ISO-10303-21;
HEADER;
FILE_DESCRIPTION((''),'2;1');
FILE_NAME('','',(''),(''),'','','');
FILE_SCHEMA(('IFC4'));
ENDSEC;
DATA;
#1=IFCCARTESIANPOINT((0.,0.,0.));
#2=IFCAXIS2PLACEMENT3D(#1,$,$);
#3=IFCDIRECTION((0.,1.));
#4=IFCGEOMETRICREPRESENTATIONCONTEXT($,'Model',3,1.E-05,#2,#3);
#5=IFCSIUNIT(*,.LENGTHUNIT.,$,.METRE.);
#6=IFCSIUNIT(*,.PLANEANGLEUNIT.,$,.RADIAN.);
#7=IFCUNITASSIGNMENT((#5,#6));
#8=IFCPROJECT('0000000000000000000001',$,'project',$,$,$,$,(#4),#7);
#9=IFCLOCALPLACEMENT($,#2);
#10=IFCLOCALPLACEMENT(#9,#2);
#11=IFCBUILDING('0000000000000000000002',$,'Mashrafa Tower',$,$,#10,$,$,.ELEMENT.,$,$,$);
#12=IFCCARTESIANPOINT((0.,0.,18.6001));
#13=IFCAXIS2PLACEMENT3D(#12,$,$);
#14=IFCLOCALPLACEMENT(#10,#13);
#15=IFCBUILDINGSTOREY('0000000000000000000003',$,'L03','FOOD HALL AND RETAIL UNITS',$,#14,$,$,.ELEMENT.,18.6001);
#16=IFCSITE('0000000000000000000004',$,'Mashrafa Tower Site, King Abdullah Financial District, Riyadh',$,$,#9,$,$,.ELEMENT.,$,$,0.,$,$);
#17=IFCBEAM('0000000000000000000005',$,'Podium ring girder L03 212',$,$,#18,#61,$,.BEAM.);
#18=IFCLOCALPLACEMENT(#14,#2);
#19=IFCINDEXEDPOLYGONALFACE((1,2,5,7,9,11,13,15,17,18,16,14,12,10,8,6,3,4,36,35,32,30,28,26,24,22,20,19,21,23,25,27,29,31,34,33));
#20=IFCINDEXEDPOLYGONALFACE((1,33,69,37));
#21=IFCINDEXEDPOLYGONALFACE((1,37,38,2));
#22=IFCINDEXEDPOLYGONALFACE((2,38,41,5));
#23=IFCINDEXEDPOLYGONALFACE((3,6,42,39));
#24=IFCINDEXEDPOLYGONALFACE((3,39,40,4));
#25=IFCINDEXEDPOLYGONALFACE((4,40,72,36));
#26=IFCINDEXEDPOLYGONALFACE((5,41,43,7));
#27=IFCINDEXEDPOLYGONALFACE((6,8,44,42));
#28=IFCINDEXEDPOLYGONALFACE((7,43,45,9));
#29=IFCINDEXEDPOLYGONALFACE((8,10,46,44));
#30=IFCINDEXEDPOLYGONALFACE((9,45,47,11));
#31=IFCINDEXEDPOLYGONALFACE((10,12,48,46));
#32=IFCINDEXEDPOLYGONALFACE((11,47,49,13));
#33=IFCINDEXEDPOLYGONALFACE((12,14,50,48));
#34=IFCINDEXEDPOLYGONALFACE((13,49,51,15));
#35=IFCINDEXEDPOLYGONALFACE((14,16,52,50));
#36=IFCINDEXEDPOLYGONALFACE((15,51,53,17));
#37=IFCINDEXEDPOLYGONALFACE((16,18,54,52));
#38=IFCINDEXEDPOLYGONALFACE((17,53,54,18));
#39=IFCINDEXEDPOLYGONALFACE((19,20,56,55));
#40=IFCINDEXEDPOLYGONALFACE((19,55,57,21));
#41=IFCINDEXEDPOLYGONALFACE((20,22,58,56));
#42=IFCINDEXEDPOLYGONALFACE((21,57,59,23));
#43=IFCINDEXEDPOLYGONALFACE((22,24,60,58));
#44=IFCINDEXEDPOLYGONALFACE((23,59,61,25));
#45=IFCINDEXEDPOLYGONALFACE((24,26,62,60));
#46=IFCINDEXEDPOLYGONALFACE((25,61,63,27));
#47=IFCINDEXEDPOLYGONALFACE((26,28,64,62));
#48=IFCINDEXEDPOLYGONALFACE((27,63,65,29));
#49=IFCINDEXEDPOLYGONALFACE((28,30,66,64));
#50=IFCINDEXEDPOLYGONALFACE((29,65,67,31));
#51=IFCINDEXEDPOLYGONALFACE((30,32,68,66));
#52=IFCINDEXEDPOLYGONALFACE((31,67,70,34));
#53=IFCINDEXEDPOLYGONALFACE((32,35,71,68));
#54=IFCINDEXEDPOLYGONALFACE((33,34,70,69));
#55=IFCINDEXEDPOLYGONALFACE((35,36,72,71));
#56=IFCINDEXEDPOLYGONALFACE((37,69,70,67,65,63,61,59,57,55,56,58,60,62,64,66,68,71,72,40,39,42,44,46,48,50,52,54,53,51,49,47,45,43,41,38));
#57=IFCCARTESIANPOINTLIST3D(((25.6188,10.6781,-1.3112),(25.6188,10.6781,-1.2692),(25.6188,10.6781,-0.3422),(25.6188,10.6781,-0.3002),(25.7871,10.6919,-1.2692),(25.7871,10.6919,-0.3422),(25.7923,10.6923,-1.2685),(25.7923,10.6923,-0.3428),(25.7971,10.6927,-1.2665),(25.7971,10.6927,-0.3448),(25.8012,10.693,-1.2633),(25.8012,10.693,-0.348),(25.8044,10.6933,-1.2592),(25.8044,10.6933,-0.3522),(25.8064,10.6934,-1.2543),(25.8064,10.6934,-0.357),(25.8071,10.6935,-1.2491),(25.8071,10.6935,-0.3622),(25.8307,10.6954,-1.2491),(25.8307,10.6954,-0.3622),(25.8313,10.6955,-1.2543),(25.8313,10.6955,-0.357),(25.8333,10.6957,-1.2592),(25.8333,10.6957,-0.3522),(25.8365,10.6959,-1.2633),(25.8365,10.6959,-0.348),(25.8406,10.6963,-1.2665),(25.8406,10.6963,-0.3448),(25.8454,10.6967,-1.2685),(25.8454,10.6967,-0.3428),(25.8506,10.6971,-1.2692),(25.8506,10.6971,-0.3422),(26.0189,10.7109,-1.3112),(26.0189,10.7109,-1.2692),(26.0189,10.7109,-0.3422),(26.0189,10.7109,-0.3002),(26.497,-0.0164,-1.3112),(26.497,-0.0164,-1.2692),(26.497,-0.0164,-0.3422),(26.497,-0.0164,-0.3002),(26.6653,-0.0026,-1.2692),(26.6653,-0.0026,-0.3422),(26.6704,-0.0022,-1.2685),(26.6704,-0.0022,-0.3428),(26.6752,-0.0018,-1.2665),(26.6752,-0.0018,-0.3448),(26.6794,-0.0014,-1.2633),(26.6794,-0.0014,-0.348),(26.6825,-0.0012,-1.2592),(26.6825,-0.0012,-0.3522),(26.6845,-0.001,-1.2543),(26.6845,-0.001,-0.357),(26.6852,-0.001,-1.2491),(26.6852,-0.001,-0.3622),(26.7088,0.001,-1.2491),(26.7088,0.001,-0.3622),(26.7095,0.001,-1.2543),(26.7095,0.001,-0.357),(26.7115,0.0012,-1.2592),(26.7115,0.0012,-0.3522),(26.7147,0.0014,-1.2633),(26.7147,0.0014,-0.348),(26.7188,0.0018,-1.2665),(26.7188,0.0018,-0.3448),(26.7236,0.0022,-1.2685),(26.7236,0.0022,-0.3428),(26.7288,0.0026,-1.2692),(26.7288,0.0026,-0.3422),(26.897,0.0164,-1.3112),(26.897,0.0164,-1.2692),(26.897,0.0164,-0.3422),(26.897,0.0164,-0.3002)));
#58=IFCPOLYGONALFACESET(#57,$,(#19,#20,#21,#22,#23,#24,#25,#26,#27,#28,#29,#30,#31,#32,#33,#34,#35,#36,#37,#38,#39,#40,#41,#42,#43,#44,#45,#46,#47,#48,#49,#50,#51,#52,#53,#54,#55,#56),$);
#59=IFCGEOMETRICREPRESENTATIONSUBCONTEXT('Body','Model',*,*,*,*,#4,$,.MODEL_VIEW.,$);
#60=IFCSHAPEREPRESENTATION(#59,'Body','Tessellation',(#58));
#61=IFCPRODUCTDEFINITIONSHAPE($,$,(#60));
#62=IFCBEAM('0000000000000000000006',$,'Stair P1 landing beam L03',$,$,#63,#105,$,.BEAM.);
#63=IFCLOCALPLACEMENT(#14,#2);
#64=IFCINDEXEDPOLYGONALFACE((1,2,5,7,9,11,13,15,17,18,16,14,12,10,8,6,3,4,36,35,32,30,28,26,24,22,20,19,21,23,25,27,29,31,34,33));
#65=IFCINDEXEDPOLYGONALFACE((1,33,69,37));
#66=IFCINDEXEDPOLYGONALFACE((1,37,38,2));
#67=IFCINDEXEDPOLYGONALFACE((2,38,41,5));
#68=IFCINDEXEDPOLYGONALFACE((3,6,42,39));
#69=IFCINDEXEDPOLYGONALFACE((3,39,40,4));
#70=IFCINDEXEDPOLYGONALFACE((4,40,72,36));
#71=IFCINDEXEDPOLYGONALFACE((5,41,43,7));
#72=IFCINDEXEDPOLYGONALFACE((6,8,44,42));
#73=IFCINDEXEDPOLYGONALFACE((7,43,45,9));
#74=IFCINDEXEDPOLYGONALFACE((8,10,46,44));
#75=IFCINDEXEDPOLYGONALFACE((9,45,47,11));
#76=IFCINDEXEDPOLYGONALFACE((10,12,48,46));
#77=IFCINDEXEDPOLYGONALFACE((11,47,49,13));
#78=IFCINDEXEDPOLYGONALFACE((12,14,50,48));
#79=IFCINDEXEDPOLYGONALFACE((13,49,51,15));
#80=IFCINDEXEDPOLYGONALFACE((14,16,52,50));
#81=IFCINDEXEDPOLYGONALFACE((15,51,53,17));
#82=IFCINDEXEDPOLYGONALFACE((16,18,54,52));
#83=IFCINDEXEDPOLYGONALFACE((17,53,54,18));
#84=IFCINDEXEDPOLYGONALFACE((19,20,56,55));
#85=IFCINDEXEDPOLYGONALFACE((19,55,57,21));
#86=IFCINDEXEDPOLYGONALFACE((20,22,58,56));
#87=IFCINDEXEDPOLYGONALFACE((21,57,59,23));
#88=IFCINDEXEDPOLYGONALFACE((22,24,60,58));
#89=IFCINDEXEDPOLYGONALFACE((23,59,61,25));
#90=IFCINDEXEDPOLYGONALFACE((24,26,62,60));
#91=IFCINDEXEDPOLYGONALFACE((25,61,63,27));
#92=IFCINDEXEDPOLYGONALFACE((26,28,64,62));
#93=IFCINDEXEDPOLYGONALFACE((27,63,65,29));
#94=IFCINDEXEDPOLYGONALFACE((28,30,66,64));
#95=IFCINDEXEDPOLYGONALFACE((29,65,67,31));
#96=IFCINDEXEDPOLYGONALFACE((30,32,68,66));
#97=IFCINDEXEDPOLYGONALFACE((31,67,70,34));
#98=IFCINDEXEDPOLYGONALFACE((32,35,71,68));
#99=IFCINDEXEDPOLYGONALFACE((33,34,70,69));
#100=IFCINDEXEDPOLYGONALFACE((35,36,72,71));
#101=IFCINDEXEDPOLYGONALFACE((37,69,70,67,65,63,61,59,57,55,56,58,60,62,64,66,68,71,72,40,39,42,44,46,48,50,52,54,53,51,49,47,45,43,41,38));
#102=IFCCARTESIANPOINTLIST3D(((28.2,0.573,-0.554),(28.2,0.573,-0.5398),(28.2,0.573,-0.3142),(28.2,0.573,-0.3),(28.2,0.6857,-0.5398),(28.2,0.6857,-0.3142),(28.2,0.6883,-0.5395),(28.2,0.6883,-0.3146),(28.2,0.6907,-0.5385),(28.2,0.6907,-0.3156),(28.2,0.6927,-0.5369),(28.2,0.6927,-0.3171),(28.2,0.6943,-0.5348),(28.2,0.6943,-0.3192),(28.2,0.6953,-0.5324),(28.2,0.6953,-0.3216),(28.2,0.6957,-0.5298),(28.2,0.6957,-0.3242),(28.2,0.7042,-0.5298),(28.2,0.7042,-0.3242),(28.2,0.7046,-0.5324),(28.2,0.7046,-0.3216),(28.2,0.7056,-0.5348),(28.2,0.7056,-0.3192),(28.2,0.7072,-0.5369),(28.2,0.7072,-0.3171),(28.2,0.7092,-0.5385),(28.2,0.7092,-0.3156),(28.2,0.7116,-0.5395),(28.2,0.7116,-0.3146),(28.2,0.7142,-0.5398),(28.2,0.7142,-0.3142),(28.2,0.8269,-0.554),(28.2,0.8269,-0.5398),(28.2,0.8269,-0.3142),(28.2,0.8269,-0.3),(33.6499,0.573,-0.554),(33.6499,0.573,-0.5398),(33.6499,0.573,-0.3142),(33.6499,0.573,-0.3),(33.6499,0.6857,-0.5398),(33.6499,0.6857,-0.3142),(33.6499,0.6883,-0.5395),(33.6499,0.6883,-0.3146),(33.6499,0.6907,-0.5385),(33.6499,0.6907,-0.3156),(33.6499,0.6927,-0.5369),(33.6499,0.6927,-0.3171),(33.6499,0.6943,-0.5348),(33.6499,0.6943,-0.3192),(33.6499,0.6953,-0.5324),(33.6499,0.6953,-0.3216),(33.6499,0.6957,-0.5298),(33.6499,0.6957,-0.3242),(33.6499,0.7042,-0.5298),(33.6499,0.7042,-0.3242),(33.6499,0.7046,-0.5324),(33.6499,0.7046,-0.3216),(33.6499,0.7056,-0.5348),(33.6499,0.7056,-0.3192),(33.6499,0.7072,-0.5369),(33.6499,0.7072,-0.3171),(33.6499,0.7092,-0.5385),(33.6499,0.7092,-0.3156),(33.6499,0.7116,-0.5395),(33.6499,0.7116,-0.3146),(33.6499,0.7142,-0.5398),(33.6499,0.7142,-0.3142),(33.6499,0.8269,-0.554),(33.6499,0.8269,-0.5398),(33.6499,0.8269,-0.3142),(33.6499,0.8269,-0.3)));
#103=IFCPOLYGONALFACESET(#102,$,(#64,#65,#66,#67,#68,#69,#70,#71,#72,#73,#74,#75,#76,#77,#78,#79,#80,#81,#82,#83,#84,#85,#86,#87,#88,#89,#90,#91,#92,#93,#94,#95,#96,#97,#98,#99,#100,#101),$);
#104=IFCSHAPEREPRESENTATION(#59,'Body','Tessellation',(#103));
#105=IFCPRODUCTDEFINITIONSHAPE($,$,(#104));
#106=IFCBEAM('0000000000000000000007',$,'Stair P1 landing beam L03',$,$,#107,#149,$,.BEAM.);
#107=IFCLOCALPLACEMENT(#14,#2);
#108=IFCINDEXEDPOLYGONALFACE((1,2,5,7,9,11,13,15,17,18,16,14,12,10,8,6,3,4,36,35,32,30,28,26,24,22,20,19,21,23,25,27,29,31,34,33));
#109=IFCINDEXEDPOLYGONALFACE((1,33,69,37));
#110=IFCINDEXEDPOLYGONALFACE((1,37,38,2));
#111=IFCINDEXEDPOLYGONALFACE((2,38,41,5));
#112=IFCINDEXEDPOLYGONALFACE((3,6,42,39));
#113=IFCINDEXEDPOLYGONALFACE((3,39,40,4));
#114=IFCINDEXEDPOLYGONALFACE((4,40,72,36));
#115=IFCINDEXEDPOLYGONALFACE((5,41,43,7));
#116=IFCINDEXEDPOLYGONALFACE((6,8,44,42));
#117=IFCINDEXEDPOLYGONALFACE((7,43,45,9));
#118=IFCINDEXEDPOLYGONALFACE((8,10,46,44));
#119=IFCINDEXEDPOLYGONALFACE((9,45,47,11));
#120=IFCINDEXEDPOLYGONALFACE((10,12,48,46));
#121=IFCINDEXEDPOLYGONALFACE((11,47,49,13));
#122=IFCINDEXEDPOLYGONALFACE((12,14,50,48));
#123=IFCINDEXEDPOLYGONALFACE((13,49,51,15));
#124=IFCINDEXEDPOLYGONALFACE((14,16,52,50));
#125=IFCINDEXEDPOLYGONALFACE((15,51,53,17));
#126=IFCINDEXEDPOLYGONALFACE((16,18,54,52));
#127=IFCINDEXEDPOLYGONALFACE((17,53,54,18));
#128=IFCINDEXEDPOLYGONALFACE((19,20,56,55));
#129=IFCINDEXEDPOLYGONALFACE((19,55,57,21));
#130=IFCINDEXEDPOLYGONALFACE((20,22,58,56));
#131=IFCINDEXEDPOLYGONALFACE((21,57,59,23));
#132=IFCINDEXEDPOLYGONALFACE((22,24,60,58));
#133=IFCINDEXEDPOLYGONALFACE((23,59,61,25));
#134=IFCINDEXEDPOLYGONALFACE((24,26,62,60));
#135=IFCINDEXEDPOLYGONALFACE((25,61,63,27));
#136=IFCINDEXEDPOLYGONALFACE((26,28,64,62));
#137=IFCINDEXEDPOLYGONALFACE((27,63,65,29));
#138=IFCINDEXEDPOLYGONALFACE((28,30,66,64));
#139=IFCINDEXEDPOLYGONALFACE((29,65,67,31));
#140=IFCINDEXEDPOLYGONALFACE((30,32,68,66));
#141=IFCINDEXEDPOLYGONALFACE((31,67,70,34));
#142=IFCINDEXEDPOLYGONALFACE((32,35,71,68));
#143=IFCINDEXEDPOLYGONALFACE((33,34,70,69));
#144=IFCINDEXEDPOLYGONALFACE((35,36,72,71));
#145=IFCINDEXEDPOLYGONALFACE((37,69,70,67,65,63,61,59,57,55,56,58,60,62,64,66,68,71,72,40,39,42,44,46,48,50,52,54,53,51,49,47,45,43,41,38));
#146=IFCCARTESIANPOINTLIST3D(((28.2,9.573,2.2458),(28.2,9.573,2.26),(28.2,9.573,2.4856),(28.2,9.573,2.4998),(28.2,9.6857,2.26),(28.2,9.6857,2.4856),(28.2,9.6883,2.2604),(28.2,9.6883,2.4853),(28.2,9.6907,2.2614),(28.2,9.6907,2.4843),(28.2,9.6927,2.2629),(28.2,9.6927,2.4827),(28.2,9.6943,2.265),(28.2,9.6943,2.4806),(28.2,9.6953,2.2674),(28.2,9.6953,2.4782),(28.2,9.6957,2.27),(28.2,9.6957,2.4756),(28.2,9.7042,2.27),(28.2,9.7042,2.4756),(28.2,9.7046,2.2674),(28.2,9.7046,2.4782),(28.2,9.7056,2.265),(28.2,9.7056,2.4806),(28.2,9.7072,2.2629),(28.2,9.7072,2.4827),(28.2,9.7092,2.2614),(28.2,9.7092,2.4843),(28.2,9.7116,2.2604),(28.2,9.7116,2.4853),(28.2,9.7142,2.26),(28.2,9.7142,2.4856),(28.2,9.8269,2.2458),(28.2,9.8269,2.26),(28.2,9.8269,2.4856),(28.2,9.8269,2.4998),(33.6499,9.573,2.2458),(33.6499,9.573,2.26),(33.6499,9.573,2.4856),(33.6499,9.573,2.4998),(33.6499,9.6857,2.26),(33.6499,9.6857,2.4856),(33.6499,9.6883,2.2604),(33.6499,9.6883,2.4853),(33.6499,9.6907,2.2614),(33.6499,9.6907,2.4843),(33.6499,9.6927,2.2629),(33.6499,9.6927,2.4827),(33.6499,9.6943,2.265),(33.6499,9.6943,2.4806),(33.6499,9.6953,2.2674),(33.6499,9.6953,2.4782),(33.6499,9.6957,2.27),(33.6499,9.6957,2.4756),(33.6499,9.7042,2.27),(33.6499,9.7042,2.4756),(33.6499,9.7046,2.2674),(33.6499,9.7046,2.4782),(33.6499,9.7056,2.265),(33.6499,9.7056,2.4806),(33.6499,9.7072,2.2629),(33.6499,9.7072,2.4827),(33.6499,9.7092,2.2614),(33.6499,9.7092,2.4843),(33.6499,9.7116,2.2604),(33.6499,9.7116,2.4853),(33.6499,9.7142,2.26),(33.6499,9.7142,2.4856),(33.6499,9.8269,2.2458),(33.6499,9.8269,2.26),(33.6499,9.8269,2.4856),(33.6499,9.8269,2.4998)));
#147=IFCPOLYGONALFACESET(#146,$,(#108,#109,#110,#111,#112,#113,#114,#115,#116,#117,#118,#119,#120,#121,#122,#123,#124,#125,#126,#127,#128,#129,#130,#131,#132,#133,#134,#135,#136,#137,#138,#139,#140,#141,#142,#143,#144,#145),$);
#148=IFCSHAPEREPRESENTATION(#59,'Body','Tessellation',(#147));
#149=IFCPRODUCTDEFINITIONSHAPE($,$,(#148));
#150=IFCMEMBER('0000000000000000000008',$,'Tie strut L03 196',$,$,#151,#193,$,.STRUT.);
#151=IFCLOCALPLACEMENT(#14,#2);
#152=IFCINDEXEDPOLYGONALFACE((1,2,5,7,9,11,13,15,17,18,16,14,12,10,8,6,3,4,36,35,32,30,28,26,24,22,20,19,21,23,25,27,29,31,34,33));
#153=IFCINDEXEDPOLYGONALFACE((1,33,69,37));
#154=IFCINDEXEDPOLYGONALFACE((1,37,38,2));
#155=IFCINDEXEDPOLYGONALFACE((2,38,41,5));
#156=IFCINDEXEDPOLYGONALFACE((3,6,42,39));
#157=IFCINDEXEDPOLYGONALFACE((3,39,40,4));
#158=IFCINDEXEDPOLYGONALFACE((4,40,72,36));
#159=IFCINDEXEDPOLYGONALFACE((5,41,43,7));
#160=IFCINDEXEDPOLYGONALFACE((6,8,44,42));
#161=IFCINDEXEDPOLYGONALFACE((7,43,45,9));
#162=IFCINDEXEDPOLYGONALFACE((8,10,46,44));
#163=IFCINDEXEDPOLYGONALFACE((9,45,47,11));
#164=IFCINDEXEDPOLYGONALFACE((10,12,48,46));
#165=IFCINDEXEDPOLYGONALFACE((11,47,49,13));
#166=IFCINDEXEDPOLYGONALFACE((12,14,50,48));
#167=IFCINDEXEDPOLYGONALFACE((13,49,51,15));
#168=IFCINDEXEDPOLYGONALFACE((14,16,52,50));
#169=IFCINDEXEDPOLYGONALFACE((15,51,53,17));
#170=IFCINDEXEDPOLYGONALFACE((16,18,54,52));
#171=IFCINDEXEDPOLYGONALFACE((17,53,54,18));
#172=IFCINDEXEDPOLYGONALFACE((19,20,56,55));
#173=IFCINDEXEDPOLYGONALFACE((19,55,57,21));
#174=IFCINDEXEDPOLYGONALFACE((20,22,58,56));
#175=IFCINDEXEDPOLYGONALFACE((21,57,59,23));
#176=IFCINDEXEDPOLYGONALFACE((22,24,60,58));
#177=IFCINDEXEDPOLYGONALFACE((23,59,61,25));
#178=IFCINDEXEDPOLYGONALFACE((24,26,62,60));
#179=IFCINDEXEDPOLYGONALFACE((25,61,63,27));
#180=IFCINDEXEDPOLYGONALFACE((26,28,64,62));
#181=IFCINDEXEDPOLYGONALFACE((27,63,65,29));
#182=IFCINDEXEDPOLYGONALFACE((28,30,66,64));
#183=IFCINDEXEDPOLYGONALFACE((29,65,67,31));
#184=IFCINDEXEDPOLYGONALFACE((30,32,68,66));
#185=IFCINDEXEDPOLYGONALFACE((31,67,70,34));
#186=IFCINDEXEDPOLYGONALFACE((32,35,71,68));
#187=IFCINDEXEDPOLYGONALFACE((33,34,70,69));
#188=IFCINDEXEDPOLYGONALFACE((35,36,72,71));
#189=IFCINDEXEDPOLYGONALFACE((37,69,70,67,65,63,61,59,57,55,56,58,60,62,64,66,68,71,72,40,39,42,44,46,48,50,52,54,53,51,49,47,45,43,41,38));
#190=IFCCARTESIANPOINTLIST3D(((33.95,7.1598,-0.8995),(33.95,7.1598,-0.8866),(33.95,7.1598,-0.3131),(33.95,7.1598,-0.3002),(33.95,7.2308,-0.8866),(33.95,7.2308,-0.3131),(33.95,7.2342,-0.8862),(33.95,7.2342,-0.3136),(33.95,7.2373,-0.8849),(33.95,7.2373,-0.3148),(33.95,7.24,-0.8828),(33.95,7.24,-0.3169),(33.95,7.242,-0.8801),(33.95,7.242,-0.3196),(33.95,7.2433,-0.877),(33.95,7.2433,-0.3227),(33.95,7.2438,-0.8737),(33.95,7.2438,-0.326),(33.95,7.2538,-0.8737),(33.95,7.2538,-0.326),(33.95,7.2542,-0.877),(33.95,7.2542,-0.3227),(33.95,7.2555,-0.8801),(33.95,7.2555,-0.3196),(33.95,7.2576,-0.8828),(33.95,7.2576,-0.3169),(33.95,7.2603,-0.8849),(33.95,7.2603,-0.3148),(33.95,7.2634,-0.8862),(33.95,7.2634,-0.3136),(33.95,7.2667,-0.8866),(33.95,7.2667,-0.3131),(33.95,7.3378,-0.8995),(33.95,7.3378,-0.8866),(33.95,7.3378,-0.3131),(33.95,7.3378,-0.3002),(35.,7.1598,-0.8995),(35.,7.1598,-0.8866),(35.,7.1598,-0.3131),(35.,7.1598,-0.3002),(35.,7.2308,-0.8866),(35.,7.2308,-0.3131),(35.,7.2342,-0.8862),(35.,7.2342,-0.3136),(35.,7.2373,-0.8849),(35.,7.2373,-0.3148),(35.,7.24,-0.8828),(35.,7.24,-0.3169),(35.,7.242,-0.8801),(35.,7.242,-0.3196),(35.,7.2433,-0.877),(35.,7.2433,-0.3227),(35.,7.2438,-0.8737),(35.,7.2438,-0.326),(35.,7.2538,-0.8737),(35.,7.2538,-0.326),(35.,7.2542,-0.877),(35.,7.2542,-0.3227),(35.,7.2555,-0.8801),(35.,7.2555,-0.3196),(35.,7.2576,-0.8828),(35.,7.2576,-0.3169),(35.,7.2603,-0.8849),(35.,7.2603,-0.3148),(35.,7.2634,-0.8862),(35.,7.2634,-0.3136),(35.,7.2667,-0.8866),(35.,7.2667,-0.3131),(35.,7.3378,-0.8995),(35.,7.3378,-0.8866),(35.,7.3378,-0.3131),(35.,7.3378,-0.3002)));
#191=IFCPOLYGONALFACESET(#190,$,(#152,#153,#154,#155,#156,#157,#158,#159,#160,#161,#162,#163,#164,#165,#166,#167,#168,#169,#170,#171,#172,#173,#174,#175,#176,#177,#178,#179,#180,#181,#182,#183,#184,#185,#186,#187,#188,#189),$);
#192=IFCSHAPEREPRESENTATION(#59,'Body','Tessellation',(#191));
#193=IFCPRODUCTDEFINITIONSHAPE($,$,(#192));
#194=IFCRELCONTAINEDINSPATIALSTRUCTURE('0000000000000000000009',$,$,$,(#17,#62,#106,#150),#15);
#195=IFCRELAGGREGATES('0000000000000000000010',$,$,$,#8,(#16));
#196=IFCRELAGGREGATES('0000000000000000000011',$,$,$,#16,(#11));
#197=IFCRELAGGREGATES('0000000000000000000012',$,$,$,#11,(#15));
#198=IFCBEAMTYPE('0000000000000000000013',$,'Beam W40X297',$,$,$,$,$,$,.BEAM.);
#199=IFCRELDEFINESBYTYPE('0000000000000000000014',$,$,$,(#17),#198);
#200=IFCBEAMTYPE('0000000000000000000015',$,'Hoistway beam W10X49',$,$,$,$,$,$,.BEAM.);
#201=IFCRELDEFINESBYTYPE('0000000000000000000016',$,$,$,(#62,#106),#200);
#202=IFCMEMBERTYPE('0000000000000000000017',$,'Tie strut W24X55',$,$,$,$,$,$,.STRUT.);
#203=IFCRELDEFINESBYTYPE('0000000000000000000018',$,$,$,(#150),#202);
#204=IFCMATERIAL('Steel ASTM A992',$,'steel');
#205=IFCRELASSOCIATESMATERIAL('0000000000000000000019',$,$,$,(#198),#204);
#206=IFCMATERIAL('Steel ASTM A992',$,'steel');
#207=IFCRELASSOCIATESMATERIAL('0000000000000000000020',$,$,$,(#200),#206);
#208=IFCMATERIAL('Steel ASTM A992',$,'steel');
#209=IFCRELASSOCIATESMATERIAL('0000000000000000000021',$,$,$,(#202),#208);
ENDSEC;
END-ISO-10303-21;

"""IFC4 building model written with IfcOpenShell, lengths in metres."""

from ifc_helpers import new_model, si_unit, direction, frame, origin, origin_2d, place, context, subcontext, project, spatial, i_section, extrude, source, transform, mapped, material, material_profile, profile_set, type_object, type_shapes, element, save


model = new_model("IFC4")

# Units and contexts
model_context = context("Model", 3, precision=1e-05, world=origin(), true_north=direction((0.0, 1.0)))
body_context = subcontext(model_context, "Body", "Model", "MODEL_VIEW")
ifc_project = project(units=[si_unit("LENGTHUNIT", "METRE"), si_unit("PLANEANGLEUNIT", "RADIAN")], contexts=[model_context])

# Site, building, storey
site_placement = place(None, origin())
site = spatial("IfcSite", under=ifc_project, at=site_placement, Name="Mashrafa Tower Site, King Abdullah Financial District, Riyadh", CompositionType="ELEMENT", RefElevation=0.0)
building_placement = place(site_placement, origin())
building = spatial("IfcBuilding", under=site, at=building_placement, Name="Mashrafa Tower", CompositionType="ELEMENT")
storey_placement = place(building_placement, frame((0.0, 0.0, 18.6001)))
storey = spatial("IfcBuildingStorey", under=building, at=storey_placement, Name="L03", Description="FOOD HALL AND RETAIL UNITS", CompositionType="ELEMENT", Elevation=18.6001)

# Beams
ifc_material_1 = material(Name="Steel ASTM A992", Category="steel")
ifc_material_profile_1 = material_profile(ifc_material_1, i_section(OverallWidth=0.4014, OverallDepth=1.011, WebThickness=0.0237, FlangeThickness=0.042, FilletRadius=0.02, at=origin_2d()), Name="W40X297")
ifc_profile_set_1 = profile_set([ifc_material_profile_1], Name="Steel ASTM A992")
beam_type_1 = type_object("IfcBeamType", Name="Beam W40X297", PredefinedType="BEAM", material=ifc_profile_set_1)
beam_1_placement = place(storey_placement, frame((26.697, 0.0, -0.8057), z_axis=(-0.081838, 0.996646, 0.0), x_axis=(-0.996646, -0.081838, 0.0)))
element("IfcBeam", 1, at=beam_1_placement, inside=storey, type_object=beam_type_1, Name="Podium ring girder L03 212", PredefinedType="BEAM", context=body_context, shape_type="SweptSolid", body=[
    extrude(i_section(OverallWidth=0.4014, OverallDepth=1.011, WebThickness=0.0237, FlangeThickness=0.042, FilletRadius=0.02, at=origin_2d()), origin(), (0.0, 0.0, 1.0), 10.7305),
])
ifc_material_2 = material(Name="Steel ASTM A992", Category="steel")
ifc_material_profile_2 = material_profile(ifc_material_2, i_section(OverallWidth=0.2539, OverallDepth=0.2539, WebThickness=0.0085, FlangeThickness=0.0142, FilletRadius=0.01, at=origin_2d()), Name="W10X49")
ifc_profile_set_2 = profile_set([ifc_material_profile_2], Name="Steel ASTM A992")
beam_type_2 = type_object("IfcBeamType", Name="Hoistway beam W10X49", PredefinedType="BEAM", material=ifc_profile_set_2)
for number, where, z_axis, x_axis, name in (
    (2, (28.2, 0.7, -0.427), (1.0, 0.0, 0.0), (0.0, 1.0, 0.0), "Stair P1 landing beam L03"),
    (3, (28.2, 9.7, 2.3728), (1.0, 0.0, 0.0), (0.0, 1.0, 0.0), "Stair P1 landing beam L03"),
):
    element("IfcBeam", number, at=place(storey_placement, frame(where, z_axis=z_axis, x_axis=x_axis)), inside=storey, type_object=beam_type_2, Name=name, PredefinedType="BEAM", context=body_context, shape_type="SweptSolid", body=[
        extrude(i_section(OverallWidth=0.2539, OverallDepth=0.2539, WebThickness=0.0085, FlangeThickness=0.0142, FilletRadius=0.01, at=origin_2d()), origin(), (0.0, 0.0, 1.0), 5.45),
    ])

# Member
ifc_material_3 = material(Name="Steel ASTM A992", Category="steel")
ifc_material_profile_3 = material_profile(ifc_material_3, i_section(OverallWidth=0.178, OverallDepth=0.5994, WebThickness=0.01, FlangeThickness=0.0129, FilletRadius=0.0129, at=origin_2d()), Name="W24X55")
ifc_profile_set_3 = profile_set([ifc_material_profile_3], Name="Steel ASTM A992")
member_type_1 = type_object("IfcMemberType", Name="Tie strut W24X55", PredefinedType="STRUT", material=ifc_profile_set_3)
shared_shape_1 = source(origin(), body_context, "Body", "SweptSolid", [
    extrude(i_section(OverallWidth=0.178, OverallDepth=0.5994, WebThickness=0.01, FlangeThickness=0.0129, FilletRadius=0.0129, at=origin_2d()), origin(), (0.0, 0.0, 1.0), 1.05),
])
type_shapes(member_type_1, [shared_shape_1])
member_1_placement = place(storey_placement, frame((33.95, 7.2488, -0.5999), z_axis=(1.0, 0.0, 0.0), x_axis=(0.0, 1.0, 0.0)))
element("IfcMember", 4, at=member_1_placement, inside=storey, type_object=member_type_1, Name="Tie strut L03 196", PredefinedType="STRUT", context=body_context, shape_type="MappedRepresentation", body=[
    mapped(shared_shape_1, transform((0.0, 0.0, 0.0))),
])

save(model, "model.ifc")
